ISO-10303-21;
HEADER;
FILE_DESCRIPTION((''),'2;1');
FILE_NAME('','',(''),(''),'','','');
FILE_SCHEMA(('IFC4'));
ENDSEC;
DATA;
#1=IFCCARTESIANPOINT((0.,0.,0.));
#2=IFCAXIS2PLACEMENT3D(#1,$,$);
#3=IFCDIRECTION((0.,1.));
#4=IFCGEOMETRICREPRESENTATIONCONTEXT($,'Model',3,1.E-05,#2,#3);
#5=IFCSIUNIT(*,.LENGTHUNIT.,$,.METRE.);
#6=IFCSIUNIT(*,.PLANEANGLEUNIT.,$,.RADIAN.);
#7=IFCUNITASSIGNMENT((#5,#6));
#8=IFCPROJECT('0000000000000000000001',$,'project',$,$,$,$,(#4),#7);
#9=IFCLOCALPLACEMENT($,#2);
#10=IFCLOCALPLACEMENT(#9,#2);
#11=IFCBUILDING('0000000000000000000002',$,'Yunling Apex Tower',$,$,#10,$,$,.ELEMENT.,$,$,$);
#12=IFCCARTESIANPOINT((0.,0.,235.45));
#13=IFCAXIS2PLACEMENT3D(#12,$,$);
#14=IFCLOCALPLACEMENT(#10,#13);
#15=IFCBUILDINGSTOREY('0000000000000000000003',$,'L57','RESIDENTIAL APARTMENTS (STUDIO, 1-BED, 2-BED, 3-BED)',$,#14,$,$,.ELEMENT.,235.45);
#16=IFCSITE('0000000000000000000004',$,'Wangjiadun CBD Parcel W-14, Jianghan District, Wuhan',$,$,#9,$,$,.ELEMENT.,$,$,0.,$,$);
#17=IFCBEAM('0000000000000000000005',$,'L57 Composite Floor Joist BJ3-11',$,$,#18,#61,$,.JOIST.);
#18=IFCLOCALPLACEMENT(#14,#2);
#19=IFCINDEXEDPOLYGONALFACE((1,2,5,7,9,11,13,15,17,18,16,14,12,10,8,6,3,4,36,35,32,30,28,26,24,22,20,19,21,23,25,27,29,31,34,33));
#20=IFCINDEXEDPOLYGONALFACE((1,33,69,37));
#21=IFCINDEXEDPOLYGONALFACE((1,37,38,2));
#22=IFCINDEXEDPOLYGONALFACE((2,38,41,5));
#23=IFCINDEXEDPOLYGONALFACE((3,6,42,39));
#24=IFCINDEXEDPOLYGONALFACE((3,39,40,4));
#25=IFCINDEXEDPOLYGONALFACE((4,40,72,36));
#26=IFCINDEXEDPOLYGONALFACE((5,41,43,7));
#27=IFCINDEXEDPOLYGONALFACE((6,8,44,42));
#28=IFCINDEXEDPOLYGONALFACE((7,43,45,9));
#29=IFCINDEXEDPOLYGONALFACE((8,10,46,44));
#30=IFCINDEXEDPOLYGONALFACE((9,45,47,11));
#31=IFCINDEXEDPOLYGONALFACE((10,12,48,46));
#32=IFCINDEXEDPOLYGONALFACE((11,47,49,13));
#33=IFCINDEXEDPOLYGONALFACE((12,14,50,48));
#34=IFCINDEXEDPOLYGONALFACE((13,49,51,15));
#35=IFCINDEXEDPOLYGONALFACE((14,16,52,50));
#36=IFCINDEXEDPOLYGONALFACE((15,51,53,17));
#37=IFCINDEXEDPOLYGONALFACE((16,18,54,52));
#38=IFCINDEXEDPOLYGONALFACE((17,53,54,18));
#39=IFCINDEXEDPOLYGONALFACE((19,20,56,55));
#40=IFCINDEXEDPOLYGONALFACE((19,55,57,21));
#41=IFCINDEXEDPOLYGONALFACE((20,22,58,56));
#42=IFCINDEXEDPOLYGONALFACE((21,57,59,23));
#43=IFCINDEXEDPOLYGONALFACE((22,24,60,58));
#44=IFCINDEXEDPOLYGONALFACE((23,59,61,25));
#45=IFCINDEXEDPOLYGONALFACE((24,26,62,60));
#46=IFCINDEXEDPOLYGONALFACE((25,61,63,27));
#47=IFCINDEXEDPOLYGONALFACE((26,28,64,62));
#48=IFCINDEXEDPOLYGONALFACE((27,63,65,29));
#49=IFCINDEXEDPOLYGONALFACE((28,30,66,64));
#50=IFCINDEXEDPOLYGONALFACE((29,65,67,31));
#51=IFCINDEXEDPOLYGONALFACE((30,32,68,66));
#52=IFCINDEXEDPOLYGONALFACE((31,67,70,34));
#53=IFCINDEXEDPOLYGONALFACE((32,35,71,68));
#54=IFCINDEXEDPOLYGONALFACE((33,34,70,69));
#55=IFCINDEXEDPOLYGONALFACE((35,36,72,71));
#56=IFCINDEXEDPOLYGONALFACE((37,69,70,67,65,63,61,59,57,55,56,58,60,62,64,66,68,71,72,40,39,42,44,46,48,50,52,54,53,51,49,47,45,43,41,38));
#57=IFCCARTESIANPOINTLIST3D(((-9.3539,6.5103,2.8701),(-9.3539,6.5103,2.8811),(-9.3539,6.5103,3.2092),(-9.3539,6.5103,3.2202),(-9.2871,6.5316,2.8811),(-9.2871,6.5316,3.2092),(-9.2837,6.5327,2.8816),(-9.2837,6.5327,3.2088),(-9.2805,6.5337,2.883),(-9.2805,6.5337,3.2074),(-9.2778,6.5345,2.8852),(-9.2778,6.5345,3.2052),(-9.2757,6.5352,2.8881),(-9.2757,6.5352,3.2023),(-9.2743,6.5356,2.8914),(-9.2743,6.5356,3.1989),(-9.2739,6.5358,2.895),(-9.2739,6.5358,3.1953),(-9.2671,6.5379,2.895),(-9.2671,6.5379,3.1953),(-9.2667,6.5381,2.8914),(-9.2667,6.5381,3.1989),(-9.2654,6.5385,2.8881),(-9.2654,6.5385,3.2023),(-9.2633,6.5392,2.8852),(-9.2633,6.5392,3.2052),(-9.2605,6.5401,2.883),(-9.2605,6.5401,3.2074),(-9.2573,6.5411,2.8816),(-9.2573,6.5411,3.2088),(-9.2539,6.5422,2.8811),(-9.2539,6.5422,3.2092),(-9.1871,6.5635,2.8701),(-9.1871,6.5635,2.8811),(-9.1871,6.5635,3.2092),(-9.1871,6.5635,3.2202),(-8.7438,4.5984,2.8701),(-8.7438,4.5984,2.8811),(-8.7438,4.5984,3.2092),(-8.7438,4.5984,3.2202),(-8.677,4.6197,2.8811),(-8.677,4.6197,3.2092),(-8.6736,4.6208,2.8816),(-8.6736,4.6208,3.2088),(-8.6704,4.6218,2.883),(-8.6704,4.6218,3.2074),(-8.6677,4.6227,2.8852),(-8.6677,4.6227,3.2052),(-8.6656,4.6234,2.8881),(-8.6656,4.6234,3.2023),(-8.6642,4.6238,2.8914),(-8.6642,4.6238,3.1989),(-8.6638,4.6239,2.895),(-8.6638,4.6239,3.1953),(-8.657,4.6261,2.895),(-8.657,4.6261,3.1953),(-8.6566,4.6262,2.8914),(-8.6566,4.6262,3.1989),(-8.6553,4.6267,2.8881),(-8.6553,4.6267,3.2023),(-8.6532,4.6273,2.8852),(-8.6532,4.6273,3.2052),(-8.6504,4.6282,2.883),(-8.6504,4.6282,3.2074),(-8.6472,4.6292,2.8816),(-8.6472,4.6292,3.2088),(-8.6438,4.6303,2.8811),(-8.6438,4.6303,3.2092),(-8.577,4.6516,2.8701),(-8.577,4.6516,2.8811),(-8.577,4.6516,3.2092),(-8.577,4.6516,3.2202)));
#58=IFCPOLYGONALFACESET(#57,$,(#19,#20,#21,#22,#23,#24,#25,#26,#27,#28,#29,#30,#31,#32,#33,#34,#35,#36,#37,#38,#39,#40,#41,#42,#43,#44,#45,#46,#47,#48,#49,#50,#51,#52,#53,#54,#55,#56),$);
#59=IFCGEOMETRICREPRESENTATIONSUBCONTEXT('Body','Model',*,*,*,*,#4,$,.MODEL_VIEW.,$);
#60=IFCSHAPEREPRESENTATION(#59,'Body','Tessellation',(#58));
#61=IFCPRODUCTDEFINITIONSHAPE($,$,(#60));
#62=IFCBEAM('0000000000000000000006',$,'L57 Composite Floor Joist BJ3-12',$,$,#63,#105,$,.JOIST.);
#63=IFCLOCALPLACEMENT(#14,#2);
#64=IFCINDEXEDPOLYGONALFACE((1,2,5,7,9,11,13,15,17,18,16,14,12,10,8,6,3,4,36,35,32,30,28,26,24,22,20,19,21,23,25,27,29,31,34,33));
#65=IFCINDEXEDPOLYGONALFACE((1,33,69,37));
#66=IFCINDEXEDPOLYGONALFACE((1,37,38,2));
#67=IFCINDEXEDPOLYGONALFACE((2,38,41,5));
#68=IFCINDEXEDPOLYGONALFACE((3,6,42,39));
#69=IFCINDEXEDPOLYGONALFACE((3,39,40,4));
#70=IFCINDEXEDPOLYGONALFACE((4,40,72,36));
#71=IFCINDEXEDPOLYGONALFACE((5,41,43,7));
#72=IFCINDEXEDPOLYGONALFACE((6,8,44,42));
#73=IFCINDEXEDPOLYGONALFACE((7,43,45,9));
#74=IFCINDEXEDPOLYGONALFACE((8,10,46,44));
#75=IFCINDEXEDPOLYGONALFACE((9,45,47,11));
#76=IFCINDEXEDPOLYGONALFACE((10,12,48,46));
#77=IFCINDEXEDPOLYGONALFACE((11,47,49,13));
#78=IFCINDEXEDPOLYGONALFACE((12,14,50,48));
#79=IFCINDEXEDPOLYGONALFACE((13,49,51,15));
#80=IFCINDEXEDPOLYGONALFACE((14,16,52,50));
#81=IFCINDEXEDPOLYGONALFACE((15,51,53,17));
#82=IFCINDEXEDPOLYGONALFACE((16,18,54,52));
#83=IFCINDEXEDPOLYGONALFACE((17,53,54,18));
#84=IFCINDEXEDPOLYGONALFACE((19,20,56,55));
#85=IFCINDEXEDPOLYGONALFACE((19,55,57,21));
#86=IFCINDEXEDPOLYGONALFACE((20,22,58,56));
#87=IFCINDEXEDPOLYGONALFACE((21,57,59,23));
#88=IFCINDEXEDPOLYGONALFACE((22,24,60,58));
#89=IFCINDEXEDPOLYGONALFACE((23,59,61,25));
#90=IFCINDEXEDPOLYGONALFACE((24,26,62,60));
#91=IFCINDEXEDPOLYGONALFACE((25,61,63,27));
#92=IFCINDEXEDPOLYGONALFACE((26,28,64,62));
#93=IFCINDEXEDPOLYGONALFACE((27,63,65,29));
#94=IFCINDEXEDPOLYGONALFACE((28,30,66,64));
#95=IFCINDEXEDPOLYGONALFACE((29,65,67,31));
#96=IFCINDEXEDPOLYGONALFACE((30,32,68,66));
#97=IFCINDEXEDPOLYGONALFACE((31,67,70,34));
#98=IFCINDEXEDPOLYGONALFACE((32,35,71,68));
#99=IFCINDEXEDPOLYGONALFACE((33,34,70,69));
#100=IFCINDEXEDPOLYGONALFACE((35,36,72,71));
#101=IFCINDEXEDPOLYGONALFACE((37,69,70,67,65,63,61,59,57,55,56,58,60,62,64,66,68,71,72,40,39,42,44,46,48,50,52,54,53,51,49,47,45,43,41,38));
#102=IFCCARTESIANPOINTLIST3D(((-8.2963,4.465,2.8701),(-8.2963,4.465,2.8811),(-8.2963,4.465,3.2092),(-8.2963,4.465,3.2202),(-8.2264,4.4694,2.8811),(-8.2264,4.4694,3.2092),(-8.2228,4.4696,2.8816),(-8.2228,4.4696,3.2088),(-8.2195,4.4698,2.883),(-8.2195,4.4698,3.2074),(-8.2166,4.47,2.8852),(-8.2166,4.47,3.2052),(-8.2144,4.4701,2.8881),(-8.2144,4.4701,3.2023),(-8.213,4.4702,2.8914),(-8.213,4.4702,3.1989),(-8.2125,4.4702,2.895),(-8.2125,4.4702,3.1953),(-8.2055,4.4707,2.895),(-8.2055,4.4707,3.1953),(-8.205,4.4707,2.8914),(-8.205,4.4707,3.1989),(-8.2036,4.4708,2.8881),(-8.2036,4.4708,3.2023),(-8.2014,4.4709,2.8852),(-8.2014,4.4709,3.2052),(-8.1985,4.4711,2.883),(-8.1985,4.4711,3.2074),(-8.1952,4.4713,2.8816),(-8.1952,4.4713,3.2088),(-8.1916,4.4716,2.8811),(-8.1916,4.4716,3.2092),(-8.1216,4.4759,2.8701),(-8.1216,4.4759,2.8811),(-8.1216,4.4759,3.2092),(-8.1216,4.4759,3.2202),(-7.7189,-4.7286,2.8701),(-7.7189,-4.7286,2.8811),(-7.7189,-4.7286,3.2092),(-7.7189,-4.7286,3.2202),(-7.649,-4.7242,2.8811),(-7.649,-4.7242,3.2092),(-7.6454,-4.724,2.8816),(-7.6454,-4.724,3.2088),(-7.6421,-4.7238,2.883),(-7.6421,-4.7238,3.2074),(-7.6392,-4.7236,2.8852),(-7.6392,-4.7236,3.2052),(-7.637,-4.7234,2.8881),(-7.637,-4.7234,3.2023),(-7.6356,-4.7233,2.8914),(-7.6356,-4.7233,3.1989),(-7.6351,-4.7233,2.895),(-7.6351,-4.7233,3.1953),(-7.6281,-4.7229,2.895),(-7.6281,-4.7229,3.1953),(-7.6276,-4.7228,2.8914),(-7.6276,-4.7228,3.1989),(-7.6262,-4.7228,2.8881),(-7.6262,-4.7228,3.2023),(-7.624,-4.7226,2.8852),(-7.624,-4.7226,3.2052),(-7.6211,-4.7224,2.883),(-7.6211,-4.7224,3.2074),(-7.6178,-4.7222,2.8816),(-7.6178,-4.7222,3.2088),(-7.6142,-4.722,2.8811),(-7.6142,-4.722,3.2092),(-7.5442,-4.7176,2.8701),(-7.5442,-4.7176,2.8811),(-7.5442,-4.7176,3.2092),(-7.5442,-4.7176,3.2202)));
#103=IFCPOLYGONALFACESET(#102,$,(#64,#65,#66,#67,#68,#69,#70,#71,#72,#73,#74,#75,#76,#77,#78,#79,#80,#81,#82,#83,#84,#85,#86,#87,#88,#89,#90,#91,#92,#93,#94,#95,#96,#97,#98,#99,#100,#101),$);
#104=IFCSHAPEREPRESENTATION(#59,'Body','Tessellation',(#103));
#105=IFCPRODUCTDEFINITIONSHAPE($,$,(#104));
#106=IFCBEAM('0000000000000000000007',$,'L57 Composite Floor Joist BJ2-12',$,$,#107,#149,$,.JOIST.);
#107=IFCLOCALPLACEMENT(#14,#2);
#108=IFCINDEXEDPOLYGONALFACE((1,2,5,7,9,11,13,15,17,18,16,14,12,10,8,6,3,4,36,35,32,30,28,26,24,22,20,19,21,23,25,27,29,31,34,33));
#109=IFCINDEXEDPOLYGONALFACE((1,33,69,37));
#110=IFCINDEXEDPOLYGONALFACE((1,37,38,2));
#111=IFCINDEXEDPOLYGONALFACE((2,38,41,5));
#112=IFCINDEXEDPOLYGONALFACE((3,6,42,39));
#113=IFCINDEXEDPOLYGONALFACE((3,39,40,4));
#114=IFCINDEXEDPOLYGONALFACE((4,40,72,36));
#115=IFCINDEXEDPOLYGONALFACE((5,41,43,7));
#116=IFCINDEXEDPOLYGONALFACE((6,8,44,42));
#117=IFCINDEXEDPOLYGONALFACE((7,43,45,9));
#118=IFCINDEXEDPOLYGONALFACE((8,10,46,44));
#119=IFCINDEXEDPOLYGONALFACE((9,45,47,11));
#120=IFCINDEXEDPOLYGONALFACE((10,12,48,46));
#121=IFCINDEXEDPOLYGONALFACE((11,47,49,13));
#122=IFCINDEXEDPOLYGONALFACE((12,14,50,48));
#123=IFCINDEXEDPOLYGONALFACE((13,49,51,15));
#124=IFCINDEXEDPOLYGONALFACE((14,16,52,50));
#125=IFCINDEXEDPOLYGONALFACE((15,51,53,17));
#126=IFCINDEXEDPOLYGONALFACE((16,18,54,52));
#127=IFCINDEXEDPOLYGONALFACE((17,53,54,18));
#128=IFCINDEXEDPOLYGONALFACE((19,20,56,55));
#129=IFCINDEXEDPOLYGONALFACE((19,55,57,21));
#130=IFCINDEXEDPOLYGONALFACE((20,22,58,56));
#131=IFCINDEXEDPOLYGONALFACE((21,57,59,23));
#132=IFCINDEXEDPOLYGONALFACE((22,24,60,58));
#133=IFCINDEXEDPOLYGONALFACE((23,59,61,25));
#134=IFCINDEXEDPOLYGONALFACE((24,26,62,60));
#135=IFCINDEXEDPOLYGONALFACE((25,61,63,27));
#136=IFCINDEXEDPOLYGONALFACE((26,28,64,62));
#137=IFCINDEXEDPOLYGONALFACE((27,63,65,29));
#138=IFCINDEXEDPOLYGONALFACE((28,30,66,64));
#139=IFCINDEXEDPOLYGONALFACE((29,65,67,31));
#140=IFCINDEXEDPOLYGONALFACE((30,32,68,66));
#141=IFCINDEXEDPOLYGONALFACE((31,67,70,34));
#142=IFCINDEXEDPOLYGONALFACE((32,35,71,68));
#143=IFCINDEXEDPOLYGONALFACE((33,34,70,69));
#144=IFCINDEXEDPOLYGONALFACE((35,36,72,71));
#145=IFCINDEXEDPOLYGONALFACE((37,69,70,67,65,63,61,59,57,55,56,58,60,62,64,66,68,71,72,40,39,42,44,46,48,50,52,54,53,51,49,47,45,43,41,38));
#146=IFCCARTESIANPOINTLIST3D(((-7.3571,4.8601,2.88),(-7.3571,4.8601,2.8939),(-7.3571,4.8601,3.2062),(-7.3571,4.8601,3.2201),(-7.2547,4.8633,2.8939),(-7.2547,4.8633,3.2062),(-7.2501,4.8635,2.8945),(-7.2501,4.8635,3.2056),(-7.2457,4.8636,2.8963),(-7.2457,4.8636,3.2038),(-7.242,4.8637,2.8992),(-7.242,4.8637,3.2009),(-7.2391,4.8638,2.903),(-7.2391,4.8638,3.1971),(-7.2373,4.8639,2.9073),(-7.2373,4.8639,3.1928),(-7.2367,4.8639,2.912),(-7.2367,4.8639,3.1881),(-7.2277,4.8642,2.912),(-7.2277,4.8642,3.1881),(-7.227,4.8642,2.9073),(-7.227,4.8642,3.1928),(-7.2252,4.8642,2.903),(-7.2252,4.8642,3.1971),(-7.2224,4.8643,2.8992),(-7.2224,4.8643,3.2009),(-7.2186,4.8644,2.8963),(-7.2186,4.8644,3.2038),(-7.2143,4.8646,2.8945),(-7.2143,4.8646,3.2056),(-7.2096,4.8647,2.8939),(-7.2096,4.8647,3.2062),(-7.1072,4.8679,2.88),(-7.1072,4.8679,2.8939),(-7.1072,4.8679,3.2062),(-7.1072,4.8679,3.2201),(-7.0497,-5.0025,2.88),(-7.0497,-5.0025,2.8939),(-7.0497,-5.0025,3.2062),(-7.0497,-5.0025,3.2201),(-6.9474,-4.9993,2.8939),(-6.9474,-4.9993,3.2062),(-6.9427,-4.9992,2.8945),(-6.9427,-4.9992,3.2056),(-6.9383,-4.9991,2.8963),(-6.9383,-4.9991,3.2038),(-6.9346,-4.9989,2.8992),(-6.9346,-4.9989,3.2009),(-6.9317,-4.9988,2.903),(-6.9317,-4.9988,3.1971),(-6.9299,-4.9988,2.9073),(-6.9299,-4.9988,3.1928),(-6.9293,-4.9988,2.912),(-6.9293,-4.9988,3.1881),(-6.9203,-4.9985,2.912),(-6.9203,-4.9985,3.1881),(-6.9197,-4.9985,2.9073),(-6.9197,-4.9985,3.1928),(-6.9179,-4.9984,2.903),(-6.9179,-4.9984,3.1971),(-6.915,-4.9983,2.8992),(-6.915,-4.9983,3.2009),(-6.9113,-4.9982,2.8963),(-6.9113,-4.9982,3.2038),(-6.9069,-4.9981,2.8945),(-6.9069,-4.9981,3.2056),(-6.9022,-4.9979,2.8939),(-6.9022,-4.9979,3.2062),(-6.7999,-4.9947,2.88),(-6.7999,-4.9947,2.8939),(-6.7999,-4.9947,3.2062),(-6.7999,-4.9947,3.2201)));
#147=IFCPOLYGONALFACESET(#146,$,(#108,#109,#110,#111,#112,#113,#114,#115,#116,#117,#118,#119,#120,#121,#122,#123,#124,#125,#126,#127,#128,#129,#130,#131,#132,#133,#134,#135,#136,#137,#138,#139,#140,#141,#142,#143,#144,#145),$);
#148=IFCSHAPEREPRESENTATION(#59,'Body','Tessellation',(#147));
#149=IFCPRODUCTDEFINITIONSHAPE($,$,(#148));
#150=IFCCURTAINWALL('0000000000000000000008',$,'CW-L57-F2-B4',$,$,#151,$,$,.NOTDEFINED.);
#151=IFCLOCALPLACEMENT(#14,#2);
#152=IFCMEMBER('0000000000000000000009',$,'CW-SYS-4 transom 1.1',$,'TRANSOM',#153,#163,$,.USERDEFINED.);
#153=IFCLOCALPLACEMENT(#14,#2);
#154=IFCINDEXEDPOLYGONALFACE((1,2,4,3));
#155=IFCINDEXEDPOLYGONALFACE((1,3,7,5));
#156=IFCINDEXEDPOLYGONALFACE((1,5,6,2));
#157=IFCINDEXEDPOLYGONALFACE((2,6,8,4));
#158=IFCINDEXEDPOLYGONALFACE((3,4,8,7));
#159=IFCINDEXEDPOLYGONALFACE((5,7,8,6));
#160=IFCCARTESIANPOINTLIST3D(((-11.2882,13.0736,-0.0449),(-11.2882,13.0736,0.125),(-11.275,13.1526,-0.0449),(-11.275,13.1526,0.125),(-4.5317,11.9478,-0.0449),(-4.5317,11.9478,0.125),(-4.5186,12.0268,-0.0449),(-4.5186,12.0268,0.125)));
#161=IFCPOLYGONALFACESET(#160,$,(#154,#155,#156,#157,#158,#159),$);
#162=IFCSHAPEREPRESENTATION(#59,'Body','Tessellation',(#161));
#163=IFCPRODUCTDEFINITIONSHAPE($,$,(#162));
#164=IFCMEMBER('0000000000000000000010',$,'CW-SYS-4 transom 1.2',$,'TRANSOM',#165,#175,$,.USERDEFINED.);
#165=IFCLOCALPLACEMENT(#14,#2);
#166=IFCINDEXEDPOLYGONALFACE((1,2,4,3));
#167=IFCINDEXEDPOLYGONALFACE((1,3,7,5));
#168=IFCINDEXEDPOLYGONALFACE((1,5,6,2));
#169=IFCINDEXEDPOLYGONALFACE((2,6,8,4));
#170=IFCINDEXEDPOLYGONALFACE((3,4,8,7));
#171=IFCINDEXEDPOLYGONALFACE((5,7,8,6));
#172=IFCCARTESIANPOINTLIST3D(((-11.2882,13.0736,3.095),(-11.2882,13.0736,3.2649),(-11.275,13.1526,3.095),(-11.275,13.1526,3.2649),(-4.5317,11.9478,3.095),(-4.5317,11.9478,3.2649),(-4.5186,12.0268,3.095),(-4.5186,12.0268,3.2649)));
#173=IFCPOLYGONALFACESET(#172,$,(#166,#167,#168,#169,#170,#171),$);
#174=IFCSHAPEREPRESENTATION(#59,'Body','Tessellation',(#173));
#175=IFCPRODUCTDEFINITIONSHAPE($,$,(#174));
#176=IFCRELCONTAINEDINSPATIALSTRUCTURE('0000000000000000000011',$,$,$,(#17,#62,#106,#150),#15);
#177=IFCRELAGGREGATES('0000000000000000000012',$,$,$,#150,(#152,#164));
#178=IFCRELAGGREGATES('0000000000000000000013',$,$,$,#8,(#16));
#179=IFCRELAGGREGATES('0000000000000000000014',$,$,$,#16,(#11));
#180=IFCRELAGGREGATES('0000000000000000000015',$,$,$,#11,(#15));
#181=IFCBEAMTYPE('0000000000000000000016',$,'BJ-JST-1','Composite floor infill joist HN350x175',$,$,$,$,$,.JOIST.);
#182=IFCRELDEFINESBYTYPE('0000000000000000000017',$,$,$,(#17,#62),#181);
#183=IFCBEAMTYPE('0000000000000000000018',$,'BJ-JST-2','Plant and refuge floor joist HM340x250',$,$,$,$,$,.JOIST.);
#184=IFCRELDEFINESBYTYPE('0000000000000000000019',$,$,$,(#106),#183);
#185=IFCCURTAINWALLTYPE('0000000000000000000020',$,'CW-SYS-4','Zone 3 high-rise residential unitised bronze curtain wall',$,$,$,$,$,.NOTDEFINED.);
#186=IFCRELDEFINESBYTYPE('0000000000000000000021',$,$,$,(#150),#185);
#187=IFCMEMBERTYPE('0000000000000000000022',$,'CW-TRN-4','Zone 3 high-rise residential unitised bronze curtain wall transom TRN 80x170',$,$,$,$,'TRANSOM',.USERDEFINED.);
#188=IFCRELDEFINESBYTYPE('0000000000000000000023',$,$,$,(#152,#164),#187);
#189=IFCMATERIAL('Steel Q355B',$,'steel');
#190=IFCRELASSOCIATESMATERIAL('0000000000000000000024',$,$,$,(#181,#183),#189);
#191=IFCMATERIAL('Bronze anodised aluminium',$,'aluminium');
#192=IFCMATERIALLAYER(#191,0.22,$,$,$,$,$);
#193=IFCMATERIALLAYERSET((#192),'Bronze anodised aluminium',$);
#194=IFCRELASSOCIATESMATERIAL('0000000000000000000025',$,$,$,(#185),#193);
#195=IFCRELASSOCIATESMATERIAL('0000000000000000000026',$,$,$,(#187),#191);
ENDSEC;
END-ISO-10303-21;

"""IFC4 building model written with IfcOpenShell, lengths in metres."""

from ifc_helpers import new_model, si_unit, direction, frame, origin, origin_2d, place, context, subcontext, project, spatial, rectangle, i_section, extrude, source, transform, mapped, material, layer, layer_set, material_profile, profile_set, type_object, element, aggregate, save


model = new_model("IFC4")

# Units and contexts
model_context = context("Model", 3, precision=1e-05, world=origin(), true_north=direction((0.0, 1.0)))
body_context = subcontext(model_context, "Body", "Model", "MODEL_VIEW")
ifc_project = project(units=[si_unit("LENGTHUNIT", "METRE"), si_unit("PLANEANGLEUNIT", "RADIAN")], contexts=[model_context])

# Site, building, storey
site_placement = place(None, origin())
site = spatial("IfcSite", under=ifc_project, at=site_placement, Name="Wangjiadun CBD Parcel W-14, Jianghan District, Wuhan", CompositionType="ELEMENT", RefElevation=0.0)
building_placement = place(site_placement, origin())
building = spatial("IfcBuilding", under=site, at=building_placement, Name="Yunling Apex Tower", CompositionType="ELEMENT")
storey_placement = place(building_placement, frame((0.0, 0.0, 235.45)))
storey = spatial("IfcBuildingStorey", under=building, at=storey_placement, Name="L57", Description="RESIDENTIAL APARTMENTS (STUDIO, 1-BED, 2-BED, 3-BED)", CompositionType="ELEMENT", Elevation=235.45)

# Beams
ifc_material_1 = material(Name="Steel Q355B", Category="steel")
ifc_material_profile_1 = material_profile(ifc_material_1, i_section(OverallWidth=0.175, OverallDepth=0.3501, WebThickness=0.0071, FlangeThickness=0.011, FilletRadius=0.0139, at=origin_2d()))
ifc_profile_set_1 = profile_set([ifc_material_profile_1], Name="Steel Q355B")
beam_type_1 = type_object("IfcBeamType", Name="BJ-JST-1", Description="Composite floor infill joist HN350x175", PredefinedType="JOIST", material=ifc_profile_set_1)
ifc_material_profile_2 = material_profile(ifc_material_1, i_section(OverallWidth=0.25, OverallDepth=0.3401, WebThickness=0.009, FlangeThickness=0.0139, FilletRadius=0.0181, at=origin_2d()))
ifc_profile_set_2 = profile_set([ifc_material_profile_2], Name="Steel Q355B")
beam_type_2 = type_object("IfcBeamType", Name="BJ-JST-2", Description="Plant and refuge floor joist HM340x250", PredefinedType="JOIST", material=ifc_profile_set_2)
shared_shape_1 = source(origin(), body_context, "Body", "SweptSolid", [
    extrude(i_section(OverallWidth=0.175, OverallDepth=0.3501, WebThickness=0.0071, FlangeThickness=0.011, FilletRadius=0.0139, at=origin_2d()), origin(), (0.0, 0.0, 1.0), 2.0068),
])
beam_1_placement = place(storey_placement, frame((-9.2705, 6.5369, 3.0452), z_axis=(0.304012, -0.952668, 0.0), x_axis=(0.952668, 0.304012, 0.0)))
element("IfcBeam", 1, at=beam_1_placement, inside=storey, type_object=beam_type_1, Name="L57 Composite Floor Joist BJ3-11", PredefinedType="JOIST", context=body_context, shape_type="MappedRepresentation", body=[
    mapped(shared_shape_1, transform((0.0, 0.0, 0.0), scale=1.0)),
])
shared_shape_2 = source(origin(), body_context, "Body", "SweptSolid", [
    extrude(i_section(OverallWidth=0.175, OverallDepth=0.3501, WebThickness=0.0071, FlangeThickness=0.011, FilletRadius=0.0139, at=origin_2d()), origin(), (0.0, 0.0, 1.0), 9.2117),
])
beam_2_placement = place(storey_placement, frame((-8.209, 4.4705, 3.0452), z_axis=(0.06268, -0.998034, 0.0), x_axis=(0.998034, 0.06268, 0.0)))
element("IfcBeam", 2, at=beam_2_placement, inside=storey, type_object=beam_type_1, Name="L57 Composite Floor Joist BJ3-12", PredefinedType="JOIST", context=body_context, shape_type="MappedRepresentation", body=[
    mapped(shared_shape_2, transform((0.0, 0.0, 0.0), scale=1.0)),
])
shared_shape_3 = source(origin(), body_context, "Body", "SweptSolid", [
    extrude(i_section(OverallWidth=0.25, OverallDepth=0.3401, WebThickness=0.009, FlangeThickness=0.0139, FilletRadius=0.0181, at=origin_2d()), origin(), (0.0, 0.0, 1.0), 9.8674),
])
beam_3_placement = place(storey_placement, frame((-7.2322, 4.864, 3.05), z_axis=(0.031151, -0.999515, 0.0), x_axis=(0.999515, 0.031151, 0.0)))
element("IfcBeam", 3, at=beam_3_placement, inside=storey, type_object=beam_type_2, Name="L57 Composite Floor Joist BJ2-12", PredefinedType="JOIST", context=body_context, shape_type="MappedRepresentation", body=[
    mapped(shared_shape_3, transform((0.0, 0.0, 0.0), scale=1.0)),
])

# Curtain wall, members
ifc_material_2 = material(Name="Bronze anodised aluminium", Category="aluminium")
ifc_layer_1 = layer(ifc_material_2, 0.22)
ifc_layer_set_1 = layer_set([ifc_layer_1], Name="Bronze anodised aluminium")
curtain_wall_type = type_object("IfcCurtainWallType", Name="CW-SYS-4", Description="Zone 3 high-rise residential unitised bronze curtain wall", PredefinedType="NOTDEFINED", material=ifc_layer_set_1)
curtain_wall_1_placement = place(storey_placement, origin())
curtain_wall_1 = element("IfcCurtainWall", 4, at=curtain_wall_1_placement, inside=storey, type_object=curtain_wall_type, Name="CW-L57-F2-B4", PredefinedType="NOTDEFINED")
ifc_material_profile_3 = material_profile(ifc_material_2, rectangle(XDim=0.0801, YDim=0.1699, at=origin_2d()))
ifc_profile_set_3 = profile_set([ifc_material_profile_3], Name="Bronze anodised aluminium")
member_type_1 = type_object("IfcMemberType", Name="CW-TRN-4", Description="Zone 3 high-rise residential unitised bronze curtain wall transom TRN 80x170", ElementType="TRANSOM", PredefinedType="USERDEFINED", material=ifc_profile_set_3)
shared_shape_4 = source(origin(), body_context, "Body", "SweptSolid", [
    extrude(rectangle(XDim=0.0801, YDim=0.1699, at=origin_2d()), origin(), (0.0, 0.0, 1.0), 6.8496),
])
member_1_placement = place(storey_placement, frame((-4.5251, 11.9873, 0.04), z_axis=(-0.986402, 0.164353, 0.0), x_axis=(-0.164353, -0.986402, 0.0)))
member_1 = element("IfcMember", 5, at=member_1_placement, type_object=member_type_1, Name="CW-SYS-4 transom 1.1", ObjectType="TRANSOM", PredefinedType="USERDEFINED", context=body_context, shape_type="MappedRepresentation", body=[
    mapped(shared_shape_4, transform((0.0, 0.0, 0.0), scale=1.0)),
])
member_2_placement = place(storey_placement, frame((-4.5251, 11.9873, 3.1799), z_axis=(-0.986402, 0.164353, 0.0), x_axis=(-0.164353, -0.986402, 0.0)))
member_2 = element("IfcMember", 6, at=member_2_placement, type_object=member_type_1, Name="CW-SYS-4 transom 1.2", ObjectType="TRANSOM", PredefinedType="USERDEFINED", context=body_context, shape_type="MappedRepresentation", body=[
    mapped(shared_shape_4, transform((0.0, 0.0, 0.0), scale=1.0)),
])

aggregate(curtain_wall_1, [member_1, member_2])

save(model, "model.ifc")
